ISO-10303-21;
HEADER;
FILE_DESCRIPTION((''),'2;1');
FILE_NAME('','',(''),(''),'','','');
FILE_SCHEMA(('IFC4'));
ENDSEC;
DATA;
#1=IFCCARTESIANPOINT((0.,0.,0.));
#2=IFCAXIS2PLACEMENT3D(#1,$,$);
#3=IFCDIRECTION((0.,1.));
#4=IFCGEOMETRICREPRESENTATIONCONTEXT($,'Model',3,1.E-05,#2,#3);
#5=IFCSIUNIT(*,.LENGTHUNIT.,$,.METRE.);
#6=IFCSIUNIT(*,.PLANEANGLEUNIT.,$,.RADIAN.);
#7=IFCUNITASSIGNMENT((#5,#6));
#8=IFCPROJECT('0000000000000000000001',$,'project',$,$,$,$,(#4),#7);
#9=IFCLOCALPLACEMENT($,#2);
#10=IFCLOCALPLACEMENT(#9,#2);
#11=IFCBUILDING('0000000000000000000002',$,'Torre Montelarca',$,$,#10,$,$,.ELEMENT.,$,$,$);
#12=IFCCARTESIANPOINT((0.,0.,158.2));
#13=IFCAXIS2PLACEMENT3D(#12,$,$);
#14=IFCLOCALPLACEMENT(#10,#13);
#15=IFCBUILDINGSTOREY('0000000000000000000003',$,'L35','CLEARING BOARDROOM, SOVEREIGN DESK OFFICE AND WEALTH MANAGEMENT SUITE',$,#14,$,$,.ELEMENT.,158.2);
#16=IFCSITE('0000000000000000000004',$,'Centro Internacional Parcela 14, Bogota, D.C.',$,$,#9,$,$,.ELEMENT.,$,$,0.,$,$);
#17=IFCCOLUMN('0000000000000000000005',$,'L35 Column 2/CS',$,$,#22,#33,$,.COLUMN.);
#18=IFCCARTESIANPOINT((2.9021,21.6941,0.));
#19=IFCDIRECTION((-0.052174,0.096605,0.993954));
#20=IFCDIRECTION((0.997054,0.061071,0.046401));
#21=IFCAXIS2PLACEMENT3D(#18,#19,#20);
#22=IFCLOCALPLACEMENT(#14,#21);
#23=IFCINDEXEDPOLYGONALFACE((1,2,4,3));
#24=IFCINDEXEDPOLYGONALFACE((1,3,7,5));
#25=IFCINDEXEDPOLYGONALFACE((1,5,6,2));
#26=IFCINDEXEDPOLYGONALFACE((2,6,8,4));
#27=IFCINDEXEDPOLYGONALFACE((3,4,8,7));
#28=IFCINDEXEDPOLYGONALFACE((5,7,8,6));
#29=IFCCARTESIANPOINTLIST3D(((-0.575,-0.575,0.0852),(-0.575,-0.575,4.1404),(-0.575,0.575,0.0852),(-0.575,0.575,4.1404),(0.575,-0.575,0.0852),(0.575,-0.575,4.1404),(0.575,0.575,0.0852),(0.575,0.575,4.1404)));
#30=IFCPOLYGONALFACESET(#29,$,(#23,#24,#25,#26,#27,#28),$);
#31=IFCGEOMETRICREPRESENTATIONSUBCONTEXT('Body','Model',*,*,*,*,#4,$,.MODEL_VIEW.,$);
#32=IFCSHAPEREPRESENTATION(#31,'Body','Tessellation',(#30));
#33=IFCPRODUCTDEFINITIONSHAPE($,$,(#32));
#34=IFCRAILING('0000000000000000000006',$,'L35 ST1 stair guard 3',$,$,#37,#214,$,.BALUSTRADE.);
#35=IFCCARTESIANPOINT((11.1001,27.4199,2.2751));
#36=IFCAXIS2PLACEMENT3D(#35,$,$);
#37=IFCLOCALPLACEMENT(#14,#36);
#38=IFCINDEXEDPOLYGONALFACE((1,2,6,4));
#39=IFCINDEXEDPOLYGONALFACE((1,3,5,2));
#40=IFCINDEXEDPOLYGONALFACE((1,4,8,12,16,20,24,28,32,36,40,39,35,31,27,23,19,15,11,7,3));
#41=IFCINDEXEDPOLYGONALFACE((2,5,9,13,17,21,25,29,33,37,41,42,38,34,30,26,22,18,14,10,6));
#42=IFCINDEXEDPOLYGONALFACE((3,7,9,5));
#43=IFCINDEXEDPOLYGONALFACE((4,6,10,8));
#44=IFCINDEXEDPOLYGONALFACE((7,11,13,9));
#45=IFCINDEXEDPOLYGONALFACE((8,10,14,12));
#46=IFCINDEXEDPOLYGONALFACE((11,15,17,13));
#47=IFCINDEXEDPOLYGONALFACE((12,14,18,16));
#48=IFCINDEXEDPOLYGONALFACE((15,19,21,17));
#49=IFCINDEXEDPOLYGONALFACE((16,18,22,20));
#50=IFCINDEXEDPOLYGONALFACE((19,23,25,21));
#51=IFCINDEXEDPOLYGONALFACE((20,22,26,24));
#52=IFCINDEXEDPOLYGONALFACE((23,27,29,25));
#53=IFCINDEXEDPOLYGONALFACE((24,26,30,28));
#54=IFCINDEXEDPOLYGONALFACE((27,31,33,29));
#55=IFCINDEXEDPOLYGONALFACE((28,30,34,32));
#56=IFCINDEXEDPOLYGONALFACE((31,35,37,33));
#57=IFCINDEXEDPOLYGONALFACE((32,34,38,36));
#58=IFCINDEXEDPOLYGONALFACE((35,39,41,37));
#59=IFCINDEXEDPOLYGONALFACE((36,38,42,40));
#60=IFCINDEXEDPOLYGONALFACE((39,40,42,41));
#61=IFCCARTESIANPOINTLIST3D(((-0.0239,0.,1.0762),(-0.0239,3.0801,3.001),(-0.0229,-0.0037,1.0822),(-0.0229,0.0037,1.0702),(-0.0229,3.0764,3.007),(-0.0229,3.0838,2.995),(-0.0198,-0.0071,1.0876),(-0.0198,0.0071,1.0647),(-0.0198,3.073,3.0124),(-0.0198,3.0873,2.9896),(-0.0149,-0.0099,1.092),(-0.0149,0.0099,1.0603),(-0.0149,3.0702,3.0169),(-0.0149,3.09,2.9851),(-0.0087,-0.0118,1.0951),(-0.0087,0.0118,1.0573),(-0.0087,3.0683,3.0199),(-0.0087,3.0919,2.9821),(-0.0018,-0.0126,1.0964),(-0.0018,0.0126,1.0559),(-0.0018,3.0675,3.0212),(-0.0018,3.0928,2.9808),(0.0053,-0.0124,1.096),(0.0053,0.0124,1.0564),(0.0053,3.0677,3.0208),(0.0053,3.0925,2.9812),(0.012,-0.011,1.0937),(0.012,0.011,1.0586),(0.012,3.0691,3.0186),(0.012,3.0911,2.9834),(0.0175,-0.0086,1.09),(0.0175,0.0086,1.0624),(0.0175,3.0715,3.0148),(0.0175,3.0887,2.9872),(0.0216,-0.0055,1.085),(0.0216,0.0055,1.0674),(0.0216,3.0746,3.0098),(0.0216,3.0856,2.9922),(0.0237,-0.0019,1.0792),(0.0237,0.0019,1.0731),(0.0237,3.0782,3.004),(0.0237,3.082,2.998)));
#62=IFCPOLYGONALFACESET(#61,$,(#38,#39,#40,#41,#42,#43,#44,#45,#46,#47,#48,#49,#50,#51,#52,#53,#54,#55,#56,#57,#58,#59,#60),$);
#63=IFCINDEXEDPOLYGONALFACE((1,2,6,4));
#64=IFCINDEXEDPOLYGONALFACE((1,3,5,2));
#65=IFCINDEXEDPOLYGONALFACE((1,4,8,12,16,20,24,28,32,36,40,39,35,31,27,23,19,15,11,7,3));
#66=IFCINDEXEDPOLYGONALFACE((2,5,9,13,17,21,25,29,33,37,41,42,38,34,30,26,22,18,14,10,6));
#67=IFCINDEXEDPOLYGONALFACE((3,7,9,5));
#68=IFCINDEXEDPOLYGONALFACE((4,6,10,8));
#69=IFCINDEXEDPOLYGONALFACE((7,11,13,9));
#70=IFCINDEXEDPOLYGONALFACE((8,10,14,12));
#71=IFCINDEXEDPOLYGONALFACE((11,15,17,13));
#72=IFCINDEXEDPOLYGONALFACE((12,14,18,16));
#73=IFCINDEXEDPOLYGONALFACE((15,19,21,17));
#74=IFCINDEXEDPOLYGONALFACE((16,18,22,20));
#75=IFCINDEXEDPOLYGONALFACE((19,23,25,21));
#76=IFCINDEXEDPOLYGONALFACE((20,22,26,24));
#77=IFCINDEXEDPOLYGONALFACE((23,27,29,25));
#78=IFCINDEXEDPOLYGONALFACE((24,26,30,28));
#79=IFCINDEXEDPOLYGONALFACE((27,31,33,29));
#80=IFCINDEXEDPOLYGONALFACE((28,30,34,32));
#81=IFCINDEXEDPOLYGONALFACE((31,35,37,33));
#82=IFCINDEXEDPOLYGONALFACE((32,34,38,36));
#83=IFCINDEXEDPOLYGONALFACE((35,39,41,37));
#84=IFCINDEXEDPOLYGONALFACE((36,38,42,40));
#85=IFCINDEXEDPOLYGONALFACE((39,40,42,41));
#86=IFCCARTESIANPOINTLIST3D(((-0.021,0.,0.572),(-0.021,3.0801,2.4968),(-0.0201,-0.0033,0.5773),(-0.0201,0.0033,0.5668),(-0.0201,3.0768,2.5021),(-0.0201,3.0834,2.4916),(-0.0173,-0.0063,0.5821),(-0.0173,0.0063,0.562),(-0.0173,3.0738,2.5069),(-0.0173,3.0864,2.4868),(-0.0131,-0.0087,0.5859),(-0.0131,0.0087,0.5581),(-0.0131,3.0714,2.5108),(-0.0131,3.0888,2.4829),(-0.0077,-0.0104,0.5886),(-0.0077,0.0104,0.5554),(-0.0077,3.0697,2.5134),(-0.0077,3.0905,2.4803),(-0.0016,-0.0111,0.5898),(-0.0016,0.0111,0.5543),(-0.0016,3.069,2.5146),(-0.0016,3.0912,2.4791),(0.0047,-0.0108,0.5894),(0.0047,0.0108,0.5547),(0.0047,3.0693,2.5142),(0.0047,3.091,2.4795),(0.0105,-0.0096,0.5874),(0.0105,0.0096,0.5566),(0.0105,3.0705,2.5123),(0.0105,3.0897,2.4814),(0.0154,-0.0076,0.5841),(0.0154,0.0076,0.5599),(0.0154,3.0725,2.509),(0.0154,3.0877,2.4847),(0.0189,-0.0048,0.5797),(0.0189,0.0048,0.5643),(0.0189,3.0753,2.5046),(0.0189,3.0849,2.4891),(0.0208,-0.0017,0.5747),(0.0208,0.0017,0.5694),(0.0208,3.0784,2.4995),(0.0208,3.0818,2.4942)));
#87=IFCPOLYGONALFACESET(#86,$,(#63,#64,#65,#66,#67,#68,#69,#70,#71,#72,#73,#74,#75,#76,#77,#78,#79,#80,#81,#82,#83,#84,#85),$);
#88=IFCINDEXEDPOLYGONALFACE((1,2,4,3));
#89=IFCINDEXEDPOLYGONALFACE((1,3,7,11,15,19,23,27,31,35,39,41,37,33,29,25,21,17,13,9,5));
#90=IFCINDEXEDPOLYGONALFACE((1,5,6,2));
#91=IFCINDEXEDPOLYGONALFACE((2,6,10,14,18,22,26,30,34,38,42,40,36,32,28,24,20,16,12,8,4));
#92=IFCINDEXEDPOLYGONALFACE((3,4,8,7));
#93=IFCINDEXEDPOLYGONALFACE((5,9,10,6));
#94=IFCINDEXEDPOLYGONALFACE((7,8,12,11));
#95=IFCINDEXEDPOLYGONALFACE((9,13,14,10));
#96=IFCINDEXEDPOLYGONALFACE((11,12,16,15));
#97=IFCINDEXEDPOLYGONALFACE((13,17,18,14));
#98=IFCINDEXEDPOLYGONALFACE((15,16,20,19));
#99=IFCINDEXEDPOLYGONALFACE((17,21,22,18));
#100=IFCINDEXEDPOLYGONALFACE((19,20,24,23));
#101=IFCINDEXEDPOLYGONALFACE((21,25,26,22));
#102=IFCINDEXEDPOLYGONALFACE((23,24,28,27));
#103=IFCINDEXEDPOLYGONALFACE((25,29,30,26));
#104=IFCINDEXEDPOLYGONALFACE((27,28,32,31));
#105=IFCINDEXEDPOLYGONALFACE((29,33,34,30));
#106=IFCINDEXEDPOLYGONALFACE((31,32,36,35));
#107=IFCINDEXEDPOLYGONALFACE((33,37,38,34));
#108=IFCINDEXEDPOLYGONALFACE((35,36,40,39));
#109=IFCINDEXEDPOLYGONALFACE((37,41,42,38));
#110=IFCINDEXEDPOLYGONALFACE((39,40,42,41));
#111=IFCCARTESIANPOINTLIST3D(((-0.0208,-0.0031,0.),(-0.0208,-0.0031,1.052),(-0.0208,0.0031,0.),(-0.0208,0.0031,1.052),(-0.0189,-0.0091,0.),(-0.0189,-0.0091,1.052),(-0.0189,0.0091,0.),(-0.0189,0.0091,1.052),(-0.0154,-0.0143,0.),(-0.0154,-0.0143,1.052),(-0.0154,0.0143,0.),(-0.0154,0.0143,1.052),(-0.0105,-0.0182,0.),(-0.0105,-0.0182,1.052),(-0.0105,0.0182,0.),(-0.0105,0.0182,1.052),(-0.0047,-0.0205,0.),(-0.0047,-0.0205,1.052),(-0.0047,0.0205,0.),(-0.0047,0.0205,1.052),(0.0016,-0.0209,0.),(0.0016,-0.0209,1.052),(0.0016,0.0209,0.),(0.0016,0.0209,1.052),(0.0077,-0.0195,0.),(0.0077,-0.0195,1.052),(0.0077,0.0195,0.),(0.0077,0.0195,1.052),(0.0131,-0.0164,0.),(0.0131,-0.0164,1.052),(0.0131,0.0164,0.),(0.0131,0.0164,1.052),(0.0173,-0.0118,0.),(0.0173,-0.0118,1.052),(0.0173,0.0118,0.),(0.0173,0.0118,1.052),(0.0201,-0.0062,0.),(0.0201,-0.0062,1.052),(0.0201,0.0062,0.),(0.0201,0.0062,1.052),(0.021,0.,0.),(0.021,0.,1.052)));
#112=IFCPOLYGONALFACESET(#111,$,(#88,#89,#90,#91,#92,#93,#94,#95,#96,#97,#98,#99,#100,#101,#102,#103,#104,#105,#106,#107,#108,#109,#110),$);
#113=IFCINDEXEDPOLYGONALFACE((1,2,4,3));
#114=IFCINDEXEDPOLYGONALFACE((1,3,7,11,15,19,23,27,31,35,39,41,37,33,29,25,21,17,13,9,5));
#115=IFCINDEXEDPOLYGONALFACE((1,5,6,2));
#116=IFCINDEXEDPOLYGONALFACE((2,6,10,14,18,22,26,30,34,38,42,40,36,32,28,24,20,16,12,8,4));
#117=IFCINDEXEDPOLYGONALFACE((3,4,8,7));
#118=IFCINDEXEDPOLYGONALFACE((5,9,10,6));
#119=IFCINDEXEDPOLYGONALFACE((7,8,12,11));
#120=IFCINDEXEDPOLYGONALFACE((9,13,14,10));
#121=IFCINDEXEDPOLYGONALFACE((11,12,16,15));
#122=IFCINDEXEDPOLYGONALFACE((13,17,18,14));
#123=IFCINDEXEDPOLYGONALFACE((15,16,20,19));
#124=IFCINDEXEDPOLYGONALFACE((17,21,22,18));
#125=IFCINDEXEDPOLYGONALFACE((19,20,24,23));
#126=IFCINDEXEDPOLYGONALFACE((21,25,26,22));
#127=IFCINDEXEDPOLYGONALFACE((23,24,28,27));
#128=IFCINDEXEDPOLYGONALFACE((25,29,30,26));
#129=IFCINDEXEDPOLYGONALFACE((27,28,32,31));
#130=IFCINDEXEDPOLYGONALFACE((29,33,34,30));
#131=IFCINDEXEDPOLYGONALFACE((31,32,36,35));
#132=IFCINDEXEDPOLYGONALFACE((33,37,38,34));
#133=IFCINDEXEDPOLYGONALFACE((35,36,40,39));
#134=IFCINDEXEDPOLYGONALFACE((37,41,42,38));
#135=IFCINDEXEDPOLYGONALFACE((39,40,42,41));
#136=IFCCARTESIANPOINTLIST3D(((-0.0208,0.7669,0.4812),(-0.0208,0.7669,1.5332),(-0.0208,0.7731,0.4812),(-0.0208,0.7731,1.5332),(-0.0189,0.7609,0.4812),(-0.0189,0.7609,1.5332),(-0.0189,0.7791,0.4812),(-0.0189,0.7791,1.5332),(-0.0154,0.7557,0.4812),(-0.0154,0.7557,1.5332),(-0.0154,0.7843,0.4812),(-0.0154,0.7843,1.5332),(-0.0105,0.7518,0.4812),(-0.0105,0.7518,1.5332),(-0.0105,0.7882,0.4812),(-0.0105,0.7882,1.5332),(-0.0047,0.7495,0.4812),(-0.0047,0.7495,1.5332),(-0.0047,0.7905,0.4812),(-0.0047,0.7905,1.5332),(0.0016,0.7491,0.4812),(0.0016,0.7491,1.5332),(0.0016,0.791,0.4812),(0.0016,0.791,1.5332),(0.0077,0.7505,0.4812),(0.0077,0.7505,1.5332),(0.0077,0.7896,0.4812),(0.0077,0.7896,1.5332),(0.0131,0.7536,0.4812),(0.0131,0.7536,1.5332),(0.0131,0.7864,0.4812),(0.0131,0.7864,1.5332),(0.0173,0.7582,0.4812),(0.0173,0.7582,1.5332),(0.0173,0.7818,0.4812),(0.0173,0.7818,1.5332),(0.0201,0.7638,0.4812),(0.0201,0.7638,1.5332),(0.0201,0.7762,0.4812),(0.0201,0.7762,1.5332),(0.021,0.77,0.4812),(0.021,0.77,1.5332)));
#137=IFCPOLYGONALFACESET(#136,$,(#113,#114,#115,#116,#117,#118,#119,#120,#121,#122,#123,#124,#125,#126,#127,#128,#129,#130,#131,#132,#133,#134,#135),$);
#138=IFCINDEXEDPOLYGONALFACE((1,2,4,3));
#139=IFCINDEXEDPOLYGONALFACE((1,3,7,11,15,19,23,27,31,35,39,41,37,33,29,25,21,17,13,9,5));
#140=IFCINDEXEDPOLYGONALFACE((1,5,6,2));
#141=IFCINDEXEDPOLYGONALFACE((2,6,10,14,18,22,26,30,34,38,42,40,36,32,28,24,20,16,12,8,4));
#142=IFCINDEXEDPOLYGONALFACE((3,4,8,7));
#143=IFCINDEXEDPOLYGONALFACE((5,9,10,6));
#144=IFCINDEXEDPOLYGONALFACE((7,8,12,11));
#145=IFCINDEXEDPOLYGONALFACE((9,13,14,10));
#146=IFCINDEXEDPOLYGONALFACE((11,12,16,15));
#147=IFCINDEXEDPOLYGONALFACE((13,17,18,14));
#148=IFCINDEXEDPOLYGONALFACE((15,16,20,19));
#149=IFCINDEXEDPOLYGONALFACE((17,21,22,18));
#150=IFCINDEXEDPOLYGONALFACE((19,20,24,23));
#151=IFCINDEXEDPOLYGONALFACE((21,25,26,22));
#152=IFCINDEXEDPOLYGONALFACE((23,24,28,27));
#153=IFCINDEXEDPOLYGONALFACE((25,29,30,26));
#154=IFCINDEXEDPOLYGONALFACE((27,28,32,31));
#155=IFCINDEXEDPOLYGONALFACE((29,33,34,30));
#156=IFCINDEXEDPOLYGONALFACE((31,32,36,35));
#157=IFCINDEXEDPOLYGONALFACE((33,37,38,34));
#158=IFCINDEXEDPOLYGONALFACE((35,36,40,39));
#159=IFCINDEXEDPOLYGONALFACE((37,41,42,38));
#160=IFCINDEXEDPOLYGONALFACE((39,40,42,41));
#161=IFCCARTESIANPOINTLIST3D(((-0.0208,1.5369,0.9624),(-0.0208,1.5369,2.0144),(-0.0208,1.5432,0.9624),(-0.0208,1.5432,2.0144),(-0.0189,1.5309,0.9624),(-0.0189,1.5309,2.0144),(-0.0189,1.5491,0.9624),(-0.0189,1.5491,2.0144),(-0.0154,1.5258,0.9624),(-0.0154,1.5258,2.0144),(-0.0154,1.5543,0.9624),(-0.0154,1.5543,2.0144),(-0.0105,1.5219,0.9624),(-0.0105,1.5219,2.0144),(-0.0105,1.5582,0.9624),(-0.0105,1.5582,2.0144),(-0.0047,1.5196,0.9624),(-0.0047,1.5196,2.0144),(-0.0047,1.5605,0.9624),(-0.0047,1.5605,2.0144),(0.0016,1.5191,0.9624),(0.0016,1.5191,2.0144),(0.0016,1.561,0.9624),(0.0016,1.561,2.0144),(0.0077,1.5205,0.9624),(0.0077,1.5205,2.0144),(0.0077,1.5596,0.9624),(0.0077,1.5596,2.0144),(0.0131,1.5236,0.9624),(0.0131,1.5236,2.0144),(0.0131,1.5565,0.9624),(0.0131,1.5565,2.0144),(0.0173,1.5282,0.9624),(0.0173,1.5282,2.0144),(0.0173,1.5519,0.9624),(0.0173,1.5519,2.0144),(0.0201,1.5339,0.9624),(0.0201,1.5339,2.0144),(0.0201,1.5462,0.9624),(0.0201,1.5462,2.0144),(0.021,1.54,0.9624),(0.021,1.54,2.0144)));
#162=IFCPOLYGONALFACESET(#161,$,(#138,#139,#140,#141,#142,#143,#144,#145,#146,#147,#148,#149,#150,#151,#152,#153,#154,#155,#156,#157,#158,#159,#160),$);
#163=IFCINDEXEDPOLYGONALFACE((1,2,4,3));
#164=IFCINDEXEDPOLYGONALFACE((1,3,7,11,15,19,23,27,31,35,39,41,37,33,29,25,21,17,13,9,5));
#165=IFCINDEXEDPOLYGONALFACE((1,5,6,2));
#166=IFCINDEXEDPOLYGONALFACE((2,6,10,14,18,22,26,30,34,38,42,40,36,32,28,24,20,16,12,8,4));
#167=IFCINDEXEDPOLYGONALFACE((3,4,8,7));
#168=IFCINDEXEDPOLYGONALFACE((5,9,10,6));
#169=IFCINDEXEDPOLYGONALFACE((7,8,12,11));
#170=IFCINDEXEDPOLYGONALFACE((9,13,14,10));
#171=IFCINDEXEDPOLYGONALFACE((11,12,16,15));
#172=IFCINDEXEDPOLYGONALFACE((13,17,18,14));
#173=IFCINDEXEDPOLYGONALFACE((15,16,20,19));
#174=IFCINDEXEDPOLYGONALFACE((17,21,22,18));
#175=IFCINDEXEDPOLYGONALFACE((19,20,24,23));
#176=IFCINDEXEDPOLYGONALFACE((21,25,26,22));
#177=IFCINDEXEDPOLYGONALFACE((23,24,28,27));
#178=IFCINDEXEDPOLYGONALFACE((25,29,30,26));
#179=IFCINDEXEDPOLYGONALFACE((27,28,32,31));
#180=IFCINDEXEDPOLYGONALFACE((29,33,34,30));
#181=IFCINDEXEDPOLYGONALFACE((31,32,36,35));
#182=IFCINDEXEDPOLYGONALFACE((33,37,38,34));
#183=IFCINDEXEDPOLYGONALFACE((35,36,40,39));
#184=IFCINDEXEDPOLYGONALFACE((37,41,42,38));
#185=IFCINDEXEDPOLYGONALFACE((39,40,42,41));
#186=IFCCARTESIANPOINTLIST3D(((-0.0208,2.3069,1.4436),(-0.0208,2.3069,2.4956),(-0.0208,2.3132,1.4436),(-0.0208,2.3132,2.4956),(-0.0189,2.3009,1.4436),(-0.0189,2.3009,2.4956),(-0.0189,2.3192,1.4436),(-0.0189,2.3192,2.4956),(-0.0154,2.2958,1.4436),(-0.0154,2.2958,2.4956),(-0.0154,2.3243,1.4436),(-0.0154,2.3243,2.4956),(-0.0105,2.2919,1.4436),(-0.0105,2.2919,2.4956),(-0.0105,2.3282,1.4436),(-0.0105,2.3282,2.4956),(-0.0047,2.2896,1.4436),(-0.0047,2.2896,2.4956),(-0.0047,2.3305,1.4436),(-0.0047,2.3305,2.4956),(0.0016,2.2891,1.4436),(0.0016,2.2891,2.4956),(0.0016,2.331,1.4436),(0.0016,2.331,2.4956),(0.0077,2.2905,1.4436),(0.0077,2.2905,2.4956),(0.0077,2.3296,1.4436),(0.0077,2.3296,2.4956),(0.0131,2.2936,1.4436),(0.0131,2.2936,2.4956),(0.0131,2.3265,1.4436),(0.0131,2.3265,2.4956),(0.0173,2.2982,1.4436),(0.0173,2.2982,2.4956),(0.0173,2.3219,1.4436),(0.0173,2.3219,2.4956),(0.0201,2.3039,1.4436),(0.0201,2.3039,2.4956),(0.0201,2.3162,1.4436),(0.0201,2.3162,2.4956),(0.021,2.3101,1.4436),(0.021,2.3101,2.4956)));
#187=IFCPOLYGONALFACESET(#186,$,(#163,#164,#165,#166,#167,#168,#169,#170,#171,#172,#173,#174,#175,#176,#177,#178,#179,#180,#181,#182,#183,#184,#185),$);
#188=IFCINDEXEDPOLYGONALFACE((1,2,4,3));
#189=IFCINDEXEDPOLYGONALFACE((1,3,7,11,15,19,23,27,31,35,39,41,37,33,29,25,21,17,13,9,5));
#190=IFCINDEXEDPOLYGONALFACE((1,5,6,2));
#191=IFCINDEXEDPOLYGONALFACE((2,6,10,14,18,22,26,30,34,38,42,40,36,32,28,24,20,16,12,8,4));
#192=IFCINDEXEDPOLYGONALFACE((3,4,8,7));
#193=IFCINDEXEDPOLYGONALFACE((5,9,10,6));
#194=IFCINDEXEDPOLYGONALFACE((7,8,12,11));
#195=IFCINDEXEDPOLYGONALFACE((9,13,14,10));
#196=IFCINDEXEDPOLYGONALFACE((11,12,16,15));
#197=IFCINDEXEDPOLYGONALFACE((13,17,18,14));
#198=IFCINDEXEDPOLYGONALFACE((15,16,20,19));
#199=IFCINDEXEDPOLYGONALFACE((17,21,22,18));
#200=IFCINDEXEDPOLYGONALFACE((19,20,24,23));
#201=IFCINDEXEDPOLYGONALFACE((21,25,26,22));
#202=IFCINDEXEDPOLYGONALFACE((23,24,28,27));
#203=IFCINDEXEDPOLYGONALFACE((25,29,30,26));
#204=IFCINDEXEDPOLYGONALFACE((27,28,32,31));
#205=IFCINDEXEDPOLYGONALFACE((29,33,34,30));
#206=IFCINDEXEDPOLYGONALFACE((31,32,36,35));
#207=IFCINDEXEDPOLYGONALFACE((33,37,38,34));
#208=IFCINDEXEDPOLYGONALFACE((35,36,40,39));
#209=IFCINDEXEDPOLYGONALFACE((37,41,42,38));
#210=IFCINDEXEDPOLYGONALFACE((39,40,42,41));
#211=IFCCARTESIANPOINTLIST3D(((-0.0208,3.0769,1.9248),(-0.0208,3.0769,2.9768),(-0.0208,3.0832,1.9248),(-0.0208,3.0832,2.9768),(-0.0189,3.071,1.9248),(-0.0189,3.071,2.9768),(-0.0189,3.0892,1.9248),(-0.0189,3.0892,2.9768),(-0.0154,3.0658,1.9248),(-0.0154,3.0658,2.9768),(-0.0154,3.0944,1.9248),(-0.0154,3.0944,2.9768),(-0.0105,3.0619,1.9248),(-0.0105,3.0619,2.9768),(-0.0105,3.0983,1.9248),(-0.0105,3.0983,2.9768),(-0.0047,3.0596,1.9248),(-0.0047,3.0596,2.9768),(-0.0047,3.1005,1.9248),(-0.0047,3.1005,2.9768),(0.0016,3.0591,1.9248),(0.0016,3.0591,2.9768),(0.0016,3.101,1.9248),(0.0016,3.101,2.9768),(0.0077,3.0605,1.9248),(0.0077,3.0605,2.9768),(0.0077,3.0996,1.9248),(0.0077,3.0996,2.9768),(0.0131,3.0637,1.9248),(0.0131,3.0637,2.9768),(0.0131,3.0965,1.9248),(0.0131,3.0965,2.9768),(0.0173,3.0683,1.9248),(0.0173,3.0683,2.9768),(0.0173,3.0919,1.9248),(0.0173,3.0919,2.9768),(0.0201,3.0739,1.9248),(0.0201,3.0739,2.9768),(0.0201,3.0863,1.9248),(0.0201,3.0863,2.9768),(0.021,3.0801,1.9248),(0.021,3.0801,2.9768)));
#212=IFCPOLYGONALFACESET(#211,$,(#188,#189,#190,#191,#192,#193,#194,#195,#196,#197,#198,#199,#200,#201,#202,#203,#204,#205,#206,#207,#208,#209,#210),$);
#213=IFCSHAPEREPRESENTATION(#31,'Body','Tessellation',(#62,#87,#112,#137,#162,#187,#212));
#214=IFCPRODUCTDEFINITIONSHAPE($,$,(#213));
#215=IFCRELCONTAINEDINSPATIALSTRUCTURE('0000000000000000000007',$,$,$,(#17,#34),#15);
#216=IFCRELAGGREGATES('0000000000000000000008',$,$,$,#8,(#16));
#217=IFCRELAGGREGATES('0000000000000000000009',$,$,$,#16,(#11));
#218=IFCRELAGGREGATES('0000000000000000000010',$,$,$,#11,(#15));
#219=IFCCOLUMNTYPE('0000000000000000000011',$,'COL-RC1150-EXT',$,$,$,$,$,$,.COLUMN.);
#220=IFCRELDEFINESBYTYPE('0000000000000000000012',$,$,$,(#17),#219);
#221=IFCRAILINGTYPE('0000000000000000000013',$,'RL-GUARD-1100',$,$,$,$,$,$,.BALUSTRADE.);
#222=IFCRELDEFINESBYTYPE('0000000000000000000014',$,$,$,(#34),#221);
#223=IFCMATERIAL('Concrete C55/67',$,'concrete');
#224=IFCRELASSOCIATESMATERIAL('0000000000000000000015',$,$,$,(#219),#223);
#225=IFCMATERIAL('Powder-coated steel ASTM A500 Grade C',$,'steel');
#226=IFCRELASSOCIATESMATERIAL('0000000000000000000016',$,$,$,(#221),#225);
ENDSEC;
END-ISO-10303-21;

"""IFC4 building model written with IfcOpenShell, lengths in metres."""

from ifc_helpers import new_model, si_unit, direction, frame, origin, origin_2d, place, context, subcontext, project, spatial, rectangle, circle, extrude, clip, halfspace, material, material_profile, profile_set, type_object, element, save


model = new_model("IFC4")

# Units and contexts
model_context = context("Model", 3, precision=1e-05, world=origin(), true_north=direction((0.0, 1.0)))
body_context = subcontext(model_context, "Body", "Model", "MODEL_VIEW")
ifc_project = project(units=[si_unit("LENGTHUNIT", "METRE"), si_unit("PLANEANGLEUNIT", "RADIAN")], contexts=[model_context])

# Site, building, storey
site_placement = place(None, origin())
site = spatial("IfcSite", under=ifc_project, at=site_placement, Name="Centro Internacional Parcela 14, Bogota, D.C.", CompositionType="ELEMENT", RefElevation=0.0)
building_placement = place(site_placement, origin())
building = spatial("IfcBuilding", under=site, at=building_placement, Name="Torre Montelarca", CompositionType="ELEMENT")
storey_placement = place(building_placement, frame((0.0, 0.0, 158.2)))
storey = spatial("IfcBuildingStorey", under=building, at=storey_placement, Name="L35", Description="CLEARING BOARDROOM, SOVEREIGN DESK OFFICE AND WEALTH MANAGEMENT SUITE", CompositionType="ELEMENT", Elevation=158.2)

# Column
ifc_material_1 = material(Name="Concrete C55/67", Category="concrete")
ifc_material_profile_1 = material_profile(ifc_material_1, rectangle(XDim=1.1499, YDim=1.1499, at=origin_2d()), Name="RC1150X1150", Category="concrete")
ifc_profile_set_1 = profile_set([ifc_material_profile_1], Name="Concrete C55/67")
column_type_1 = type_object("IfcColumnType", Name="COL-RC1150-EXT", PredefinedType="COLUMN", material=ifc_profile_set_1)
column_1_placement = place(storey_placement, frame((2.9021, 21.6941, 0.0), z_axis=(-0.052174, 0.096605, 0.993954), x_axis=(0.997054, 0.061071, 0.046401)))
element("IfcColumn", 1, at=column_1_placement, inside=storey, type_object=column_type_1, Name="L35 Column 2/CS", PredefinedType="COLUMN", context=body_context, shape_type="Clipping", body=[
    clip(clip(extrude(rectangle(XDim=1.1499, YDim=1.1499, at=origin_2d()), origin(), (0.0, 0.0, 1.0), 4.2256), halfspace(frame((0.0, 0.0, 0.0852), z_axis=(0.0, 0.0, -1.0), x_axis=(1.0, 0.0, 0.0)), False)), halfspace(frame((0.0, 0.0, 4.1404), z_axis=(0.0, 0.0, 1.0), x_axis=(1.0, 0.0, 0.0)), False)),
])

# Railing
ifc_material_2 = material(Name="Powder-coated steel ASTM A500 Grade C", Category="steel")
railing_type_1 = type_object("IfcRailingType", Name="RL-GUARD-1100", PredefinedType="BALUSTRADE", material=ifc_material_2)
railing_1_placement = place(storey_placement, frame((11.1001, 27.4199, 2.2751)))
element("IfcRailing", 2, at=railing_1_placement, inside=storey, type_object=railing_type_1, Name="L35 ST1 stair guard 3", PredefinedType="BALUSTRADE", context=body_context, shape_type="SweptSolid", body=[
    extrude(circle(Radius=0.0239, at=origin_2d()), frame((0.0, 0.0, 1.0762), z_axis=(0.0, 0.848029, 0.529951), x_axis=(-1.0, 0.0, 0.0)), (0.0, 0.0, 1.0), 3.6321),
    extrude(circle(Radius=0.021, at=origin_2d()), frame((0.0, 0.0, 0.572), z_axis=(0.0, 0.848029, 0.529951), x_axis=(-1.0, 0.0, 0.0)), (0.0, 0.0, 1.0), 3.6321),
    extrude(circle(Radius=0.021, at=origin_2d()), origin(), (0.0, 0.0, 1.0), 1.052),
    extrude(circle(Radius=0.021, at=origin_2d()), frame((0.0, 0.77, 0.4812)), (0.0, 0.0, 1.0), 1.052),
    extrude(circle(Radius=0.021, at=origin_2d()), frame((0.0, 1.54, 0.9624)), (0.0, 0.0, 1.0), 1.052),
    extrude(circle(Radius=0.021, at=origin_2d()), frame((0.0, 2.3101, 1.4436)), (0.0, 0.0, 1.0), 1.052),
    extrude(circle(Radius=0.021, at=origin_2d()), frame((0.0, 3.0801, 1.9248)), (0.0, 0.0, 1.0), 1.052),
])

save(model, "model.ifc")
